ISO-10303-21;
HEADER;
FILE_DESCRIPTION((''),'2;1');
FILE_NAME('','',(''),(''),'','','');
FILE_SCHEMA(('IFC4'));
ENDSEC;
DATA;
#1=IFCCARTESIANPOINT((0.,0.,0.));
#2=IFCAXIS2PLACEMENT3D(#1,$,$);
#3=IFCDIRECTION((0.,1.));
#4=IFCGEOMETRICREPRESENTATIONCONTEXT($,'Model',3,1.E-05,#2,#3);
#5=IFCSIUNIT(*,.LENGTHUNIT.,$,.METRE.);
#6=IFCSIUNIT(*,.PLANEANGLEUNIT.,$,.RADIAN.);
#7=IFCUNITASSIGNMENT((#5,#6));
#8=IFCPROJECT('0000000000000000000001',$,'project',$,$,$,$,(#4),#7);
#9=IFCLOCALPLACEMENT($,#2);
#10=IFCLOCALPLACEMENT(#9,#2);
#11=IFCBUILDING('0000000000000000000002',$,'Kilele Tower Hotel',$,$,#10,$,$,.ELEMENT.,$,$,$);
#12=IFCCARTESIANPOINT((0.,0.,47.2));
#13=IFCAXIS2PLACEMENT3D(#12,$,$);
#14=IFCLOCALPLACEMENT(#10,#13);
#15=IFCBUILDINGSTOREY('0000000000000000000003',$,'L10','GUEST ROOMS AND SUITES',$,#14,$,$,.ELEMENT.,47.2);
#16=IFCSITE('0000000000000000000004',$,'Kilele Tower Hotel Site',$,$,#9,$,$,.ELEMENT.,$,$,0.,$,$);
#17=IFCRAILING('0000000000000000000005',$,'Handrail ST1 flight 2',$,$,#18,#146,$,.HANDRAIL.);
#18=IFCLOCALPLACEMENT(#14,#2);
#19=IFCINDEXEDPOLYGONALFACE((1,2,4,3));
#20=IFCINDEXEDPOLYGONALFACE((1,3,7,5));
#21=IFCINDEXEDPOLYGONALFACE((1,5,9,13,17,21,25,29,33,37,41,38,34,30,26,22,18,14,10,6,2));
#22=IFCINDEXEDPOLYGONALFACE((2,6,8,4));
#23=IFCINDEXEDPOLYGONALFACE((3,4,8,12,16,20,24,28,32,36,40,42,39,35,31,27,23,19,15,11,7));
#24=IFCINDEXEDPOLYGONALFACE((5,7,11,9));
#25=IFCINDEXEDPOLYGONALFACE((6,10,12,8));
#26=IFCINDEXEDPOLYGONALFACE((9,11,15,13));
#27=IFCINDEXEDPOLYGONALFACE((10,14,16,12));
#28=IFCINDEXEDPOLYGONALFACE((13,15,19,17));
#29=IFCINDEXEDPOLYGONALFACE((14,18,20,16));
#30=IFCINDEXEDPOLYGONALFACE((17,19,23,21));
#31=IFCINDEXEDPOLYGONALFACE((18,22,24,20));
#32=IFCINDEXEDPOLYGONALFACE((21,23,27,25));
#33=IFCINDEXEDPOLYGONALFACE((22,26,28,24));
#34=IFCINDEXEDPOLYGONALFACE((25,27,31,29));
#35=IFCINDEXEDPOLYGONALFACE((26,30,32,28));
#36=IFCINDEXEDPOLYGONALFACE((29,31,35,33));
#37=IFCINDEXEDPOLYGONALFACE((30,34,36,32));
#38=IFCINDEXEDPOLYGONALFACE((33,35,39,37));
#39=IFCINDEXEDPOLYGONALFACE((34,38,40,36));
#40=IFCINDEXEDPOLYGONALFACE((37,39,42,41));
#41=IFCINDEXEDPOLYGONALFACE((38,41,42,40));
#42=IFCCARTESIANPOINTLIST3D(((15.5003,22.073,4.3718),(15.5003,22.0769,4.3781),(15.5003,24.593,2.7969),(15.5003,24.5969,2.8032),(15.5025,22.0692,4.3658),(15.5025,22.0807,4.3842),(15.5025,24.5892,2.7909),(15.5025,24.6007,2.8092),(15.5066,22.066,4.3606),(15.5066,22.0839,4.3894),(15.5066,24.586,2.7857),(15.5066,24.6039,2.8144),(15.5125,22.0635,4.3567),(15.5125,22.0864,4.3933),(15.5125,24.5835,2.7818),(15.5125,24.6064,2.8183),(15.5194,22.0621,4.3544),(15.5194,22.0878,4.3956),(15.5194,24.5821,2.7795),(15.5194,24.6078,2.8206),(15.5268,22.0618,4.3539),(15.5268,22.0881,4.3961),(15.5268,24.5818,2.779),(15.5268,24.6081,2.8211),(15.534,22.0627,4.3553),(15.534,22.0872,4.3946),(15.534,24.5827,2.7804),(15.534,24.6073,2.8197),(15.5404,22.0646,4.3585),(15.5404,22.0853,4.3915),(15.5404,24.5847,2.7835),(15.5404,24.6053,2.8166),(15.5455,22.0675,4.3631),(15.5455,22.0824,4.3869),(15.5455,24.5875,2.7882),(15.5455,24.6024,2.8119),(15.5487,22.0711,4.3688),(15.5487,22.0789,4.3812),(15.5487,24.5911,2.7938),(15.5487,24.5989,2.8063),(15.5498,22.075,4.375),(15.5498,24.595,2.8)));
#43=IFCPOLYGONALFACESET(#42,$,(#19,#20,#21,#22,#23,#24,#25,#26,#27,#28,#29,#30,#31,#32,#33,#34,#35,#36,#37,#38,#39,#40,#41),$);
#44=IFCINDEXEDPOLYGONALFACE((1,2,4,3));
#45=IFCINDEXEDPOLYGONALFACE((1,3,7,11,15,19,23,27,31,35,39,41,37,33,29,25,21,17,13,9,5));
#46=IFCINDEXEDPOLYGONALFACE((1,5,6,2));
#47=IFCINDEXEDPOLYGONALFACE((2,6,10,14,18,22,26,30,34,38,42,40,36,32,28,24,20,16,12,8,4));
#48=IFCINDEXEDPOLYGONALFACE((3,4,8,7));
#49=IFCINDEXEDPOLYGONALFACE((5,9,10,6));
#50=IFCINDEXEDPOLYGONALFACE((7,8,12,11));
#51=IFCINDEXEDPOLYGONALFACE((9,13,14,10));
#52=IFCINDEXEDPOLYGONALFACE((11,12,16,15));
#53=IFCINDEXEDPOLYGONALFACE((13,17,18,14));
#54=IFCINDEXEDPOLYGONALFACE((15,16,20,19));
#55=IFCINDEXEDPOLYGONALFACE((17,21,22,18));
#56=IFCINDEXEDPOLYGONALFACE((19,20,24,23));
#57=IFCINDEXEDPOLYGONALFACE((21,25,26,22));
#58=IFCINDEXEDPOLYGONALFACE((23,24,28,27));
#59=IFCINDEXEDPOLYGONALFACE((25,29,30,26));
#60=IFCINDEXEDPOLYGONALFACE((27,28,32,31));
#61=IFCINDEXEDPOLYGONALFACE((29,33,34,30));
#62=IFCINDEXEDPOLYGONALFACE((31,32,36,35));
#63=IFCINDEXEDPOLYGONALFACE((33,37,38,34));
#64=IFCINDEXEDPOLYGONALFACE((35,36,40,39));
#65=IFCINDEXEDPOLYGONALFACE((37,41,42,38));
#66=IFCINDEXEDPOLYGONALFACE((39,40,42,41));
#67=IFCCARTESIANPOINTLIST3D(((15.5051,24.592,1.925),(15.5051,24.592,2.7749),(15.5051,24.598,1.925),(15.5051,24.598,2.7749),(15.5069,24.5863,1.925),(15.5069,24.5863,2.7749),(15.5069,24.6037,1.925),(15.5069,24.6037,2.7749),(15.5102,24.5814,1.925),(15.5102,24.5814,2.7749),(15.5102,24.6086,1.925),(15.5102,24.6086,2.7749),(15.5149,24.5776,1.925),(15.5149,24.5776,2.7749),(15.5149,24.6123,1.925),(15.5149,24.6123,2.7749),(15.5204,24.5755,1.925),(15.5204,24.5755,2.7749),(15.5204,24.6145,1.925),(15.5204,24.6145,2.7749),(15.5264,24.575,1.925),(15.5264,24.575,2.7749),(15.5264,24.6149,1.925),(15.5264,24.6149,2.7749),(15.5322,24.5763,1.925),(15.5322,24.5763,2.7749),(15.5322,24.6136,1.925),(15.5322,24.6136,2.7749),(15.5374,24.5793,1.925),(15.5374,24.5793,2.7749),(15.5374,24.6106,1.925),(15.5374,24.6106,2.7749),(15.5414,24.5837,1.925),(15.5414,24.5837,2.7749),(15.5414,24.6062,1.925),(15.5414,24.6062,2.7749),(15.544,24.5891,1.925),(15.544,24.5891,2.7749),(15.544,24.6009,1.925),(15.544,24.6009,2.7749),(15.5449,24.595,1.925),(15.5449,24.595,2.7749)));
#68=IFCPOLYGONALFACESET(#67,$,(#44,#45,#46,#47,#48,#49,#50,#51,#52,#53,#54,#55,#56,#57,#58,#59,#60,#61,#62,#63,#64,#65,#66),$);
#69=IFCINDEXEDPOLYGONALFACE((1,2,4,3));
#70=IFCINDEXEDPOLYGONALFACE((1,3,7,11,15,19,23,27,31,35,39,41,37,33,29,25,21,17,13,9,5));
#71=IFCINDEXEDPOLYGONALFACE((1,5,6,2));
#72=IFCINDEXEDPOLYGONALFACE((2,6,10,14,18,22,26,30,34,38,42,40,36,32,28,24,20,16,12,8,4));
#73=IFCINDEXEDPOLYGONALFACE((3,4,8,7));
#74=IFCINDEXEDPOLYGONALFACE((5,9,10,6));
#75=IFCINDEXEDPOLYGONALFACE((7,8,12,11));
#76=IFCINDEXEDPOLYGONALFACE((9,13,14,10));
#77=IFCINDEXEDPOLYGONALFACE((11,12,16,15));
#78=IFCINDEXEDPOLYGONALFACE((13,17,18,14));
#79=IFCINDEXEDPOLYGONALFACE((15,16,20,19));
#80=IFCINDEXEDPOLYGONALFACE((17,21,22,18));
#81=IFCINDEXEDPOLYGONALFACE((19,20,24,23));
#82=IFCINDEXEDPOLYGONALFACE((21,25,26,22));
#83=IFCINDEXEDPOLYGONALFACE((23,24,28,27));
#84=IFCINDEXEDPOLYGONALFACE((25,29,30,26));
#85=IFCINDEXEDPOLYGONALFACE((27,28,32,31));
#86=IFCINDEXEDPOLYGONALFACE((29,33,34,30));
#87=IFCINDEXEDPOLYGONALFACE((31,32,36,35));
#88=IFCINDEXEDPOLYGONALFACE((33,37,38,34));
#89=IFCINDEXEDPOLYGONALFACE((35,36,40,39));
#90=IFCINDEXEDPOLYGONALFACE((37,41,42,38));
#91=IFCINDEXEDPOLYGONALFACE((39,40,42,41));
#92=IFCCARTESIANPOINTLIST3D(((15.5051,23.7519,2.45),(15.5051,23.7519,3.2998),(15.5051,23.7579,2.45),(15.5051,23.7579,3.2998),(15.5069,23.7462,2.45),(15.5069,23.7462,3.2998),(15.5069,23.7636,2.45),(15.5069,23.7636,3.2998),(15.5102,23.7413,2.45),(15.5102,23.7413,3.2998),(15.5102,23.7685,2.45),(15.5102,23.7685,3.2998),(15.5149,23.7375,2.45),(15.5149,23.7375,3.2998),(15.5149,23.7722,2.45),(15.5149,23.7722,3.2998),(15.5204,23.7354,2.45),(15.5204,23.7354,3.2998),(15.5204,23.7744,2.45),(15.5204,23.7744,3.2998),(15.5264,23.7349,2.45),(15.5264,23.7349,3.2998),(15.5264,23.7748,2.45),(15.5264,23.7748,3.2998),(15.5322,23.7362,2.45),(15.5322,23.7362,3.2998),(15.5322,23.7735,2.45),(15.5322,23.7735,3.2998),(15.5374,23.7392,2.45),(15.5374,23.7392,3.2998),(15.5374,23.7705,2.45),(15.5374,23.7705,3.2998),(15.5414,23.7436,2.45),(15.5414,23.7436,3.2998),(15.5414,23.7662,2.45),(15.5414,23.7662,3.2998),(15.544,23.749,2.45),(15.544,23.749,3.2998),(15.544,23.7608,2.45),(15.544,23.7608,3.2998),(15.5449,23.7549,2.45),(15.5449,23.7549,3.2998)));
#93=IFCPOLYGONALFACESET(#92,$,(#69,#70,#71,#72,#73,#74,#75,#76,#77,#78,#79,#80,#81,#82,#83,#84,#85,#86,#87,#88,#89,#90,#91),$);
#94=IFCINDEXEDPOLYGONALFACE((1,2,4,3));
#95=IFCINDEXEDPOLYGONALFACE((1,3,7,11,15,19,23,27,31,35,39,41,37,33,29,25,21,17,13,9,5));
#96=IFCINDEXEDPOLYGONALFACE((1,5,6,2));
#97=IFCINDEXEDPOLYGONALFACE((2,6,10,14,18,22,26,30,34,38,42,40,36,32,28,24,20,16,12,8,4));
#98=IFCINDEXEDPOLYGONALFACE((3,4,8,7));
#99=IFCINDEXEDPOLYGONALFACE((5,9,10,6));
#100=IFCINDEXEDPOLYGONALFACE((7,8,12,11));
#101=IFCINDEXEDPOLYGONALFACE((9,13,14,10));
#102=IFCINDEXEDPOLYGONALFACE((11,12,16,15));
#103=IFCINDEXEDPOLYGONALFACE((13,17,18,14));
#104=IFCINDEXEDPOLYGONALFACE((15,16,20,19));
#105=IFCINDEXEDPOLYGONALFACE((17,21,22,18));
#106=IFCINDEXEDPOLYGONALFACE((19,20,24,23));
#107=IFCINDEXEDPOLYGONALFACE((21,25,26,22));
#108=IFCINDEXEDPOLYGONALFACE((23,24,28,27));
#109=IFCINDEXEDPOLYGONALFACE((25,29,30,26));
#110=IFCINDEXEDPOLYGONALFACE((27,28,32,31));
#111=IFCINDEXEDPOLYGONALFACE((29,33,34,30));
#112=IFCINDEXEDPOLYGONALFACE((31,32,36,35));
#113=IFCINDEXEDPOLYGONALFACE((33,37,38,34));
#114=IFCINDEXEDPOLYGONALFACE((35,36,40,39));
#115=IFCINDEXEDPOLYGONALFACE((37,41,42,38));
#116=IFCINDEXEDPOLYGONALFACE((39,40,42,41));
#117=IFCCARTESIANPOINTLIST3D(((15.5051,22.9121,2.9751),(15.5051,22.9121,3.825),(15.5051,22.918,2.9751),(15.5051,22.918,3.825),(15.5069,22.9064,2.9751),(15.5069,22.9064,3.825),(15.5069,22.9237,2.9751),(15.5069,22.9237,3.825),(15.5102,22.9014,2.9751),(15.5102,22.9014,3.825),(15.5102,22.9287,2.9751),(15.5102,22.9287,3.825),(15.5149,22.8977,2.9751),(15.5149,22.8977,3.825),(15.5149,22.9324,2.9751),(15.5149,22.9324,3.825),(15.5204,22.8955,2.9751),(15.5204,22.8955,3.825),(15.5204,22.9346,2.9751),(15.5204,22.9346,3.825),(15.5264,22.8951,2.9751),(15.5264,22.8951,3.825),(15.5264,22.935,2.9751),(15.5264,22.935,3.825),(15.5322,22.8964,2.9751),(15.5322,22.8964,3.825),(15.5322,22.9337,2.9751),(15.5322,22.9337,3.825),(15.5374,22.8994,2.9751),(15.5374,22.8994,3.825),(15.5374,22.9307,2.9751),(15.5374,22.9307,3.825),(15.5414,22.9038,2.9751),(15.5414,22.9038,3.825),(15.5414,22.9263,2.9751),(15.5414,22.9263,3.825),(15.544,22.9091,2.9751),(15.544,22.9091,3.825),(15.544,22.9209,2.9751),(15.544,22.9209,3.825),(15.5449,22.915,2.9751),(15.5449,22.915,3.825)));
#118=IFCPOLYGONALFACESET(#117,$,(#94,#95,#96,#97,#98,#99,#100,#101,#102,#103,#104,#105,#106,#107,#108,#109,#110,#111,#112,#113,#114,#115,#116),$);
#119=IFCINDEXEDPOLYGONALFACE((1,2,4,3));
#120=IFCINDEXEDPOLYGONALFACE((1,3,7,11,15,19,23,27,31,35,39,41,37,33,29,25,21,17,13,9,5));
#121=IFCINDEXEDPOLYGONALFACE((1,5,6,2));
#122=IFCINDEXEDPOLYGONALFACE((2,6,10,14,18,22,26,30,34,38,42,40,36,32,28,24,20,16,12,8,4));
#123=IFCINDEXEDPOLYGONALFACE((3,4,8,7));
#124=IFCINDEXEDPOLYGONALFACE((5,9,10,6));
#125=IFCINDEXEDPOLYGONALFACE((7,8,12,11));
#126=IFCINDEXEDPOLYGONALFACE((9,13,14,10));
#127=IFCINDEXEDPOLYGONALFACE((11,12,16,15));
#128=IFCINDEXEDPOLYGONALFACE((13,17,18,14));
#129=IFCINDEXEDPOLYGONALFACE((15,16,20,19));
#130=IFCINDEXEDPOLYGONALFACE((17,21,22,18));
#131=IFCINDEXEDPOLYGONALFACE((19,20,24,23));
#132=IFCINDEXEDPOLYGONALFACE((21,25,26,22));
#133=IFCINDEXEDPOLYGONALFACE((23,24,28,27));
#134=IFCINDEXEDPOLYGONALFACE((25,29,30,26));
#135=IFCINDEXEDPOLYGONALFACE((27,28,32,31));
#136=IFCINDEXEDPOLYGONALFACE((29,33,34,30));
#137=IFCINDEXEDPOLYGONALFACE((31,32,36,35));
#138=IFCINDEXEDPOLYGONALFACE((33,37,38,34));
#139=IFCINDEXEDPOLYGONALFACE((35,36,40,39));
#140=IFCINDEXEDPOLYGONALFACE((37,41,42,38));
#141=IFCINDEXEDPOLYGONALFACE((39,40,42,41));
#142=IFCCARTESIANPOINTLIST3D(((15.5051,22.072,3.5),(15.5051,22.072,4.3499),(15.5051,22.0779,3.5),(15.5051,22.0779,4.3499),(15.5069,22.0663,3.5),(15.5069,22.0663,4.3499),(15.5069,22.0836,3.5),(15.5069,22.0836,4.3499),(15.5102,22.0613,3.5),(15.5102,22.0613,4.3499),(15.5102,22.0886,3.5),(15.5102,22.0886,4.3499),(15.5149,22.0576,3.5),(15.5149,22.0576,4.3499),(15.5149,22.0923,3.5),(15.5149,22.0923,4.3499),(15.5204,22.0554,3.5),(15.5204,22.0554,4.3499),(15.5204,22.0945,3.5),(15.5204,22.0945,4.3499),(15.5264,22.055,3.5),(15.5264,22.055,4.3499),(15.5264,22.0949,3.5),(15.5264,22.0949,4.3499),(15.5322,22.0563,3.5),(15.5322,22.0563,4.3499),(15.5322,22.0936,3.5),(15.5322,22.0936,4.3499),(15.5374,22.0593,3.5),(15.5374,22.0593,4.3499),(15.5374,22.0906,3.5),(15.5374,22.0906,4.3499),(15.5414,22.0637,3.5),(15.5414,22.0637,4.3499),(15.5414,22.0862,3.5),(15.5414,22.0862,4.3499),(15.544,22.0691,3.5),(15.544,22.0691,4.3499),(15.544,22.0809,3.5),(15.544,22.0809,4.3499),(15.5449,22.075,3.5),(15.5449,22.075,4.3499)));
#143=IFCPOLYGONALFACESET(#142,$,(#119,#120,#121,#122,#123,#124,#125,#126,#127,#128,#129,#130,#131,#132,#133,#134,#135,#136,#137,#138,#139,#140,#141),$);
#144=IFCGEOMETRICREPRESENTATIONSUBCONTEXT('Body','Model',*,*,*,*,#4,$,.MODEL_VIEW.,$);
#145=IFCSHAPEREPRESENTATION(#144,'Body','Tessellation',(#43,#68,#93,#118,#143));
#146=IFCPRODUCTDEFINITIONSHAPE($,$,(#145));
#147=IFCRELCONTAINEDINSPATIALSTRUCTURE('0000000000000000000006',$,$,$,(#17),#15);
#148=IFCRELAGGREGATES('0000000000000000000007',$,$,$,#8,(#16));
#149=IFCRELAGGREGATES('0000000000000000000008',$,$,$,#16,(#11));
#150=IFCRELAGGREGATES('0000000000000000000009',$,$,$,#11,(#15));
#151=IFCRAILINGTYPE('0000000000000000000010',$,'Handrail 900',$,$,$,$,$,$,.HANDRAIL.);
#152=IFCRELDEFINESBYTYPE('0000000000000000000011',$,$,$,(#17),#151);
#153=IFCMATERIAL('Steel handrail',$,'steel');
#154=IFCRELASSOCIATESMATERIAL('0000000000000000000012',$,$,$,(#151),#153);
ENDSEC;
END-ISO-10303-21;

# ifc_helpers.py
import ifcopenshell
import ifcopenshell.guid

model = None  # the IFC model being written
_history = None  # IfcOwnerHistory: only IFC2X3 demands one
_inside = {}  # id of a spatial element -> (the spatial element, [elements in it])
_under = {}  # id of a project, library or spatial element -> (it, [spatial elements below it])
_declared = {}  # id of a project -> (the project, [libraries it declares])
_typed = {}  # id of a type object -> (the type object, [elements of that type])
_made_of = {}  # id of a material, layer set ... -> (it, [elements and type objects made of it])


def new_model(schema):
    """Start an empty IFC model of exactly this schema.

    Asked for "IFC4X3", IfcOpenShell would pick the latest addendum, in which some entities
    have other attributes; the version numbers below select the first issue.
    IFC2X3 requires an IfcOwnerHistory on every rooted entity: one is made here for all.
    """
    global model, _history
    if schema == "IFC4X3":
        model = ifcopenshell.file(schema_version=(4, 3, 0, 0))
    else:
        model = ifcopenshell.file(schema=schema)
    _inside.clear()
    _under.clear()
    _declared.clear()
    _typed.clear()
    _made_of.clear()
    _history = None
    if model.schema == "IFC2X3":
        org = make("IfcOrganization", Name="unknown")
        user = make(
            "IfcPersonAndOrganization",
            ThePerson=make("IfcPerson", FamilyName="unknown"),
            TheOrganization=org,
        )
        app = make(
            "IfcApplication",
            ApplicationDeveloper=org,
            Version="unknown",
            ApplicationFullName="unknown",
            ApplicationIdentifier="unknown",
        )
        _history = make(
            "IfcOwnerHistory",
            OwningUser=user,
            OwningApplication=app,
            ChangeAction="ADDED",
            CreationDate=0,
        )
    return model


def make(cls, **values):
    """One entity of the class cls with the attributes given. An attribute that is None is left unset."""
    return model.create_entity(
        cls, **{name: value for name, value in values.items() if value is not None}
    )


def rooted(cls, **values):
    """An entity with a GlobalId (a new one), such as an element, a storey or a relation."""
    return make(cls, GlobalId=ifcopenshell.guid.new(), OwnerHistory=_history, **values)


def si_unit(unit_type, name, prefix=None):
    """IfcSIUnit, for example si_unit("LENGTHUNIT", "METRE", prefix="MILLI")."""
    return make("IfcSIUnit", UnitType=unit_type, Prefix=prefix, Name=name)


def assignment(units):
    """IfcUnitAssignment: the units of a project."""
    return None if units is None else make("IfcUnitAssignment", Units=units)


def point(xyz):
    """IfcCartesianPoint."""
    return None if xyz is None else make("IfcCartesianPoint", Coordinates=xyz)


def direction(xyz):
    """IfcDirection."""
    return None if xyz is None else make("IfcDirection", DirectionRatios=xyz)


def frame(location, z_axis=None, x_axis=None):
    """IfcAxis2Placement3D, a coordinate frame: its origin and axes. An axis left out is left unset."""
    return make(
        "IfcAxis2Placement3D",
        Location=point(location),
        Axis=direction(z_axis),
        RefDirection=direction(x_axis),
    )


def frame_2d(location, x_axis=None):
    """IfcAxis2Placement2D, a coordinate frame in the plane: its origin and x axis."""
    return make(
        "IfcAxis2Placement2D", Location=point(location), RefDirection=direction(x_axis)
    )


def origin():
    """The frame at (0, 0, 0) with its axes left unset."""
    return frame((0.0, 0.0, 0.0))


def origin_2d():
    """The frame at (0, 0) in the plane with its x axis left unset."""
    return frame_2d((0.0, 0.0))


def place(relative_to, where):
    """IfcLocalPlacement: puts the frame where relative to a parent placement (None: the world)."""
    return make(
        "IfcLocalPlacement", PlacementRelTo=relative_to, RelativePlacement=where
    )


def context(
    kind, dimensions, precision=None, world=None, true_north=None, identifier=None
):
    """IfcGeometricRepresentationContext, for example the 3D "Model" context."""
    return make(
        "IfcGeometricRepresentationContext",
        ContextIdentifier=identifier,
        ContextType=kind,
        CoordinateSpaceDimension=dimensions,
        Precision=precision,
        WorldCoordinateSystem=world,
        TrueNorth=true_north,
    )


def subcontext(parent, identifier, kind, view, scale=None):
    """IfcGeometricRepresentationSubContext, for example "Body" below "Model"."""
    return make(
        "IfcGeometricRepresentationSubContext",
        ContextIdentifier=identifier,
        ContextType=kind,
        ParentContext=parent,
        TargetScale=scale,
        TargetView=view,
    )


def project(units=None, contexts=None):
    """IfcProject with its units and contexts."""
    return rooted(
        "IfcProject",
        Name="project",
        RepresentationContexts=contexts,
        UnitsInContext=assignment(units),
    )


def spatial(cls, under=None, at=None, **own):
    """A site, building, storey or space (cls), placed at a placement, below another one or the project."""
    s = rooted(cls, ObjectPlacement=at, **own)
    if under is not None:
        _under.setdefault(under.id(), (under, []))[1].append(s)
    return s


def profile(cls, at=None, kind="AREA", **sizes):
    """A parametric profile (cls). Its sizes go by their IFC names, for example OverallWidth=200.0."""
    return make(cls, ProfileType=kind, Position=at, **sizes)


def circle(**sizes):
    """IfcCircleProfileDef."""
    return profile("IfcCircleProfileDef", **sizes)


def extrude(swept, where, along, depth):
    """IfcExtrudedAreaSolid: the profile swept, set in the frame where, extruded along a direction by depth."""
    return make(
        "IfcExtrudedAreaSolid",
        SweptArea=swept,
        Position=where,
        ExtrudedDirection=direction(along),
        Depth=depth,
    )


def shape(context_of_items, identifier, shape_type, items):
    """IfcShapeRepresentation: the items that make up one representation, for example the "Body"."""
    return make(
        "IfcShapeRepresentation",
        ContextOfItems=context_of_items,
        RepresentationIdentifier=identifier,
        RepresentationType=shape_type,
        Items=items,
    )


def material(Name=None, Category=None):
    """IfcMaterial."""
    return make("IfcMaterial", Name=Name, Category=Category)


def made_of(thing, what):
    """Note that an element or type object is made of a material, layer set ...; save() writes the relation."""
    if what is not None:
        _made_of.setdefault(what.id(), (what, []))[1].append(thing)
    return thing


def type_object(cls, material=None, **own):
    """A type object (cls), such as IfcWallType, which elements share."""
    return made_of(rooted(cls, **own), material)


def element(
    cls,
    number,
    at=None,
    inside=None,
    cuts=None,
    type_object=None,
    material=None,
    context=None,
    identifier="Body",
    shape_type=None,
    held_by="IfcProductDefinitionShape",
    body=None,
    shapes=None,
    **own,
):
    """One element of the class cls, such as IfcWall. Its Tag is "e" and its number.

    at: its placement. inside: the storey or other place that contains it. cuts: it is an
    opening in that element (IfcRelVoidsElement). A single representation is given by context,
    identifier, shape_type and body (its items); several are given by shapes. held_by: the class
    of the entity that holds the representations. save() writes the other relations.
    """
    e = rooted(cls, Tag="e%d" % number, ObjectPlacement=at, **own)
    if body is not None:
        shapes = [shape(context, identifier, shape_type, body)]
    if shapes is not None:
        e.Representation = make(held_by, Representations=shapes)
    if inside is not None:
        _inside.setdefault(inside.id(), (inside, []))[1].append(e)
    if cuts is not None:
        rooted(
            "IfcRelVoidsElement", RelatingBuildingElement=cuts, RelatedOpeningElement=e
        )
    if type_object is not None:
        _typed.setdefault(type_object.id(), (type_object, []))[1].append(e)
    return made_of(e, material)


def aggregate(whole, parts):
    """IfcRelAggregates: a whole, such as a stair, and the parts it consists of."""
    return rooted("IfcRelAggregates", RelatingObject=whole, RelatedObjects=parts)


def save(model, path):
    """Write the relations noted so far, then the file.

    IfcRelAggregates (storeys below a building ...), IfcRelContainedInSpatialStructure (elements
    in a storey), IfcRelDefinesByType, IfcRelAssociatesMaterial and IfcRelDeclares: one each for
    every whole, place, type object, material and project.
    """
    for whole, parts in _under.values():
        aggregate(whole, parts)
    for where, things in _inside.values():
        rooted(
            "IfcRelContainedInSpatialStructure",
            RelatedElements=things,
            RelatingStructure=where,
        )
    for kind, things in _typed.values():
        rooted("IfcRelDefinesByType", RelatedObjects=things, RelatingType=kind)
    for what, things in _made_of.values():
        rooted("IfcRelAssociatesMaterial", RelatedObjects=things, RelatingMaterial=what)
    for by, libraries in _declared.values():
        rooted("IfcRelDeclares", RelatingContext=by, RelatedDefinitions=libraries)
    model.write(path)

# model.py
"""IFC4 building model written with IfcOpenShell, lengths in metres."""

from ifc_helpers import new_model, si_unit, direction, frame, origin, origin_2d, place, context, subcontext, project, spatial, circle, extrude, material, type_object, element, save


model = new_model("IFC4")

# Units and contexts
model_context = context("Model", 3, precision=1e-05, world=origin(), true_north=direction((0.0, 1.0)))
body_context = subcontext(model_context, "Body", "Model", "MODEL_VIEW")
ifc_project = project(units=[si_unit("LENGTHUNIT", "METRE"), si_unit("PLANEANGLEUNIT", "RADIAN")], contexts=[model_context])

# Site, building, storey
site_placement = place(None, origin())
site = spatial("IfcSite", under=ifc_project, at=site_placement, Name="Kilele Tower Hotel Site", CompositionType="ELEMENT", RefElevation=0.0)
building_placement = place(site_placement, origin())
building = spatial("IfcBuilding", under=site, at=building_placement, Name="Kilele Tower Hotel", CompositionType="ELEMENT")
storey_placement = place(building_placement, frame((0.0, 0.0, 47.2)))
storey = spatial("IfcBuildingStorey", under=building, at=storey_placement, Name="L10", Description="GUEST ROOMS AND SUITES", CompositionType="ELEMENT", Elevation=47.2)

# Railing
ifc_material_1 = material(Name="Steel handrail", Category="steel")
railing_type_1 = type_object("IfcRailingType", Name="Handrail 900", PredefinedType="HANDRAIL", material=ifc_material_1)
for number, where, name in (
    (1, (15.5249, 24.595, 1.925), "Handrail ST1 flight 2"),
):
    element("IfcRailing", number, at=place(storey_placement, frame(where)), inside=storey, type_object=railing_type_1, Name=name, PredefinedType="HANDRAIL", context=body_context, shape_type="SweptSolid", body=[
        extrude(circle(Radius=0.0249, at=origin_2d()), frame((0.0, 0.0, 0.875), z_axis=(0.0, -0.848008, 0.529984), x_axis=(1.0, 0.0, 0.0)), (0.0, 0.0, 1.0), 2.9717),
        extrude(circle(Radius=0.02, at=origin_2d()), origin(), (0.0, 0.0, 1.0), 0.8499),
        extrude(circle(Radius=0.02, at=origin_2d()), frame((0.0, -0.8401, 0.5249)), (0.0, 0.0, 1.0), 0.8499),
        extrude(circle(Radius=0.02, at=origin_2d()), frame((0.0, -1.6799, 1.05)), (0.0, 0.0, 1.0), 0.8499),
        extrude(circle(Radius=0.02, at=origin_2d()), frame((0.0, -2.52, 1.575)), (0.0, 0.0, 1.0), 0.8499),
    ])

save(model, "model.ifc")
